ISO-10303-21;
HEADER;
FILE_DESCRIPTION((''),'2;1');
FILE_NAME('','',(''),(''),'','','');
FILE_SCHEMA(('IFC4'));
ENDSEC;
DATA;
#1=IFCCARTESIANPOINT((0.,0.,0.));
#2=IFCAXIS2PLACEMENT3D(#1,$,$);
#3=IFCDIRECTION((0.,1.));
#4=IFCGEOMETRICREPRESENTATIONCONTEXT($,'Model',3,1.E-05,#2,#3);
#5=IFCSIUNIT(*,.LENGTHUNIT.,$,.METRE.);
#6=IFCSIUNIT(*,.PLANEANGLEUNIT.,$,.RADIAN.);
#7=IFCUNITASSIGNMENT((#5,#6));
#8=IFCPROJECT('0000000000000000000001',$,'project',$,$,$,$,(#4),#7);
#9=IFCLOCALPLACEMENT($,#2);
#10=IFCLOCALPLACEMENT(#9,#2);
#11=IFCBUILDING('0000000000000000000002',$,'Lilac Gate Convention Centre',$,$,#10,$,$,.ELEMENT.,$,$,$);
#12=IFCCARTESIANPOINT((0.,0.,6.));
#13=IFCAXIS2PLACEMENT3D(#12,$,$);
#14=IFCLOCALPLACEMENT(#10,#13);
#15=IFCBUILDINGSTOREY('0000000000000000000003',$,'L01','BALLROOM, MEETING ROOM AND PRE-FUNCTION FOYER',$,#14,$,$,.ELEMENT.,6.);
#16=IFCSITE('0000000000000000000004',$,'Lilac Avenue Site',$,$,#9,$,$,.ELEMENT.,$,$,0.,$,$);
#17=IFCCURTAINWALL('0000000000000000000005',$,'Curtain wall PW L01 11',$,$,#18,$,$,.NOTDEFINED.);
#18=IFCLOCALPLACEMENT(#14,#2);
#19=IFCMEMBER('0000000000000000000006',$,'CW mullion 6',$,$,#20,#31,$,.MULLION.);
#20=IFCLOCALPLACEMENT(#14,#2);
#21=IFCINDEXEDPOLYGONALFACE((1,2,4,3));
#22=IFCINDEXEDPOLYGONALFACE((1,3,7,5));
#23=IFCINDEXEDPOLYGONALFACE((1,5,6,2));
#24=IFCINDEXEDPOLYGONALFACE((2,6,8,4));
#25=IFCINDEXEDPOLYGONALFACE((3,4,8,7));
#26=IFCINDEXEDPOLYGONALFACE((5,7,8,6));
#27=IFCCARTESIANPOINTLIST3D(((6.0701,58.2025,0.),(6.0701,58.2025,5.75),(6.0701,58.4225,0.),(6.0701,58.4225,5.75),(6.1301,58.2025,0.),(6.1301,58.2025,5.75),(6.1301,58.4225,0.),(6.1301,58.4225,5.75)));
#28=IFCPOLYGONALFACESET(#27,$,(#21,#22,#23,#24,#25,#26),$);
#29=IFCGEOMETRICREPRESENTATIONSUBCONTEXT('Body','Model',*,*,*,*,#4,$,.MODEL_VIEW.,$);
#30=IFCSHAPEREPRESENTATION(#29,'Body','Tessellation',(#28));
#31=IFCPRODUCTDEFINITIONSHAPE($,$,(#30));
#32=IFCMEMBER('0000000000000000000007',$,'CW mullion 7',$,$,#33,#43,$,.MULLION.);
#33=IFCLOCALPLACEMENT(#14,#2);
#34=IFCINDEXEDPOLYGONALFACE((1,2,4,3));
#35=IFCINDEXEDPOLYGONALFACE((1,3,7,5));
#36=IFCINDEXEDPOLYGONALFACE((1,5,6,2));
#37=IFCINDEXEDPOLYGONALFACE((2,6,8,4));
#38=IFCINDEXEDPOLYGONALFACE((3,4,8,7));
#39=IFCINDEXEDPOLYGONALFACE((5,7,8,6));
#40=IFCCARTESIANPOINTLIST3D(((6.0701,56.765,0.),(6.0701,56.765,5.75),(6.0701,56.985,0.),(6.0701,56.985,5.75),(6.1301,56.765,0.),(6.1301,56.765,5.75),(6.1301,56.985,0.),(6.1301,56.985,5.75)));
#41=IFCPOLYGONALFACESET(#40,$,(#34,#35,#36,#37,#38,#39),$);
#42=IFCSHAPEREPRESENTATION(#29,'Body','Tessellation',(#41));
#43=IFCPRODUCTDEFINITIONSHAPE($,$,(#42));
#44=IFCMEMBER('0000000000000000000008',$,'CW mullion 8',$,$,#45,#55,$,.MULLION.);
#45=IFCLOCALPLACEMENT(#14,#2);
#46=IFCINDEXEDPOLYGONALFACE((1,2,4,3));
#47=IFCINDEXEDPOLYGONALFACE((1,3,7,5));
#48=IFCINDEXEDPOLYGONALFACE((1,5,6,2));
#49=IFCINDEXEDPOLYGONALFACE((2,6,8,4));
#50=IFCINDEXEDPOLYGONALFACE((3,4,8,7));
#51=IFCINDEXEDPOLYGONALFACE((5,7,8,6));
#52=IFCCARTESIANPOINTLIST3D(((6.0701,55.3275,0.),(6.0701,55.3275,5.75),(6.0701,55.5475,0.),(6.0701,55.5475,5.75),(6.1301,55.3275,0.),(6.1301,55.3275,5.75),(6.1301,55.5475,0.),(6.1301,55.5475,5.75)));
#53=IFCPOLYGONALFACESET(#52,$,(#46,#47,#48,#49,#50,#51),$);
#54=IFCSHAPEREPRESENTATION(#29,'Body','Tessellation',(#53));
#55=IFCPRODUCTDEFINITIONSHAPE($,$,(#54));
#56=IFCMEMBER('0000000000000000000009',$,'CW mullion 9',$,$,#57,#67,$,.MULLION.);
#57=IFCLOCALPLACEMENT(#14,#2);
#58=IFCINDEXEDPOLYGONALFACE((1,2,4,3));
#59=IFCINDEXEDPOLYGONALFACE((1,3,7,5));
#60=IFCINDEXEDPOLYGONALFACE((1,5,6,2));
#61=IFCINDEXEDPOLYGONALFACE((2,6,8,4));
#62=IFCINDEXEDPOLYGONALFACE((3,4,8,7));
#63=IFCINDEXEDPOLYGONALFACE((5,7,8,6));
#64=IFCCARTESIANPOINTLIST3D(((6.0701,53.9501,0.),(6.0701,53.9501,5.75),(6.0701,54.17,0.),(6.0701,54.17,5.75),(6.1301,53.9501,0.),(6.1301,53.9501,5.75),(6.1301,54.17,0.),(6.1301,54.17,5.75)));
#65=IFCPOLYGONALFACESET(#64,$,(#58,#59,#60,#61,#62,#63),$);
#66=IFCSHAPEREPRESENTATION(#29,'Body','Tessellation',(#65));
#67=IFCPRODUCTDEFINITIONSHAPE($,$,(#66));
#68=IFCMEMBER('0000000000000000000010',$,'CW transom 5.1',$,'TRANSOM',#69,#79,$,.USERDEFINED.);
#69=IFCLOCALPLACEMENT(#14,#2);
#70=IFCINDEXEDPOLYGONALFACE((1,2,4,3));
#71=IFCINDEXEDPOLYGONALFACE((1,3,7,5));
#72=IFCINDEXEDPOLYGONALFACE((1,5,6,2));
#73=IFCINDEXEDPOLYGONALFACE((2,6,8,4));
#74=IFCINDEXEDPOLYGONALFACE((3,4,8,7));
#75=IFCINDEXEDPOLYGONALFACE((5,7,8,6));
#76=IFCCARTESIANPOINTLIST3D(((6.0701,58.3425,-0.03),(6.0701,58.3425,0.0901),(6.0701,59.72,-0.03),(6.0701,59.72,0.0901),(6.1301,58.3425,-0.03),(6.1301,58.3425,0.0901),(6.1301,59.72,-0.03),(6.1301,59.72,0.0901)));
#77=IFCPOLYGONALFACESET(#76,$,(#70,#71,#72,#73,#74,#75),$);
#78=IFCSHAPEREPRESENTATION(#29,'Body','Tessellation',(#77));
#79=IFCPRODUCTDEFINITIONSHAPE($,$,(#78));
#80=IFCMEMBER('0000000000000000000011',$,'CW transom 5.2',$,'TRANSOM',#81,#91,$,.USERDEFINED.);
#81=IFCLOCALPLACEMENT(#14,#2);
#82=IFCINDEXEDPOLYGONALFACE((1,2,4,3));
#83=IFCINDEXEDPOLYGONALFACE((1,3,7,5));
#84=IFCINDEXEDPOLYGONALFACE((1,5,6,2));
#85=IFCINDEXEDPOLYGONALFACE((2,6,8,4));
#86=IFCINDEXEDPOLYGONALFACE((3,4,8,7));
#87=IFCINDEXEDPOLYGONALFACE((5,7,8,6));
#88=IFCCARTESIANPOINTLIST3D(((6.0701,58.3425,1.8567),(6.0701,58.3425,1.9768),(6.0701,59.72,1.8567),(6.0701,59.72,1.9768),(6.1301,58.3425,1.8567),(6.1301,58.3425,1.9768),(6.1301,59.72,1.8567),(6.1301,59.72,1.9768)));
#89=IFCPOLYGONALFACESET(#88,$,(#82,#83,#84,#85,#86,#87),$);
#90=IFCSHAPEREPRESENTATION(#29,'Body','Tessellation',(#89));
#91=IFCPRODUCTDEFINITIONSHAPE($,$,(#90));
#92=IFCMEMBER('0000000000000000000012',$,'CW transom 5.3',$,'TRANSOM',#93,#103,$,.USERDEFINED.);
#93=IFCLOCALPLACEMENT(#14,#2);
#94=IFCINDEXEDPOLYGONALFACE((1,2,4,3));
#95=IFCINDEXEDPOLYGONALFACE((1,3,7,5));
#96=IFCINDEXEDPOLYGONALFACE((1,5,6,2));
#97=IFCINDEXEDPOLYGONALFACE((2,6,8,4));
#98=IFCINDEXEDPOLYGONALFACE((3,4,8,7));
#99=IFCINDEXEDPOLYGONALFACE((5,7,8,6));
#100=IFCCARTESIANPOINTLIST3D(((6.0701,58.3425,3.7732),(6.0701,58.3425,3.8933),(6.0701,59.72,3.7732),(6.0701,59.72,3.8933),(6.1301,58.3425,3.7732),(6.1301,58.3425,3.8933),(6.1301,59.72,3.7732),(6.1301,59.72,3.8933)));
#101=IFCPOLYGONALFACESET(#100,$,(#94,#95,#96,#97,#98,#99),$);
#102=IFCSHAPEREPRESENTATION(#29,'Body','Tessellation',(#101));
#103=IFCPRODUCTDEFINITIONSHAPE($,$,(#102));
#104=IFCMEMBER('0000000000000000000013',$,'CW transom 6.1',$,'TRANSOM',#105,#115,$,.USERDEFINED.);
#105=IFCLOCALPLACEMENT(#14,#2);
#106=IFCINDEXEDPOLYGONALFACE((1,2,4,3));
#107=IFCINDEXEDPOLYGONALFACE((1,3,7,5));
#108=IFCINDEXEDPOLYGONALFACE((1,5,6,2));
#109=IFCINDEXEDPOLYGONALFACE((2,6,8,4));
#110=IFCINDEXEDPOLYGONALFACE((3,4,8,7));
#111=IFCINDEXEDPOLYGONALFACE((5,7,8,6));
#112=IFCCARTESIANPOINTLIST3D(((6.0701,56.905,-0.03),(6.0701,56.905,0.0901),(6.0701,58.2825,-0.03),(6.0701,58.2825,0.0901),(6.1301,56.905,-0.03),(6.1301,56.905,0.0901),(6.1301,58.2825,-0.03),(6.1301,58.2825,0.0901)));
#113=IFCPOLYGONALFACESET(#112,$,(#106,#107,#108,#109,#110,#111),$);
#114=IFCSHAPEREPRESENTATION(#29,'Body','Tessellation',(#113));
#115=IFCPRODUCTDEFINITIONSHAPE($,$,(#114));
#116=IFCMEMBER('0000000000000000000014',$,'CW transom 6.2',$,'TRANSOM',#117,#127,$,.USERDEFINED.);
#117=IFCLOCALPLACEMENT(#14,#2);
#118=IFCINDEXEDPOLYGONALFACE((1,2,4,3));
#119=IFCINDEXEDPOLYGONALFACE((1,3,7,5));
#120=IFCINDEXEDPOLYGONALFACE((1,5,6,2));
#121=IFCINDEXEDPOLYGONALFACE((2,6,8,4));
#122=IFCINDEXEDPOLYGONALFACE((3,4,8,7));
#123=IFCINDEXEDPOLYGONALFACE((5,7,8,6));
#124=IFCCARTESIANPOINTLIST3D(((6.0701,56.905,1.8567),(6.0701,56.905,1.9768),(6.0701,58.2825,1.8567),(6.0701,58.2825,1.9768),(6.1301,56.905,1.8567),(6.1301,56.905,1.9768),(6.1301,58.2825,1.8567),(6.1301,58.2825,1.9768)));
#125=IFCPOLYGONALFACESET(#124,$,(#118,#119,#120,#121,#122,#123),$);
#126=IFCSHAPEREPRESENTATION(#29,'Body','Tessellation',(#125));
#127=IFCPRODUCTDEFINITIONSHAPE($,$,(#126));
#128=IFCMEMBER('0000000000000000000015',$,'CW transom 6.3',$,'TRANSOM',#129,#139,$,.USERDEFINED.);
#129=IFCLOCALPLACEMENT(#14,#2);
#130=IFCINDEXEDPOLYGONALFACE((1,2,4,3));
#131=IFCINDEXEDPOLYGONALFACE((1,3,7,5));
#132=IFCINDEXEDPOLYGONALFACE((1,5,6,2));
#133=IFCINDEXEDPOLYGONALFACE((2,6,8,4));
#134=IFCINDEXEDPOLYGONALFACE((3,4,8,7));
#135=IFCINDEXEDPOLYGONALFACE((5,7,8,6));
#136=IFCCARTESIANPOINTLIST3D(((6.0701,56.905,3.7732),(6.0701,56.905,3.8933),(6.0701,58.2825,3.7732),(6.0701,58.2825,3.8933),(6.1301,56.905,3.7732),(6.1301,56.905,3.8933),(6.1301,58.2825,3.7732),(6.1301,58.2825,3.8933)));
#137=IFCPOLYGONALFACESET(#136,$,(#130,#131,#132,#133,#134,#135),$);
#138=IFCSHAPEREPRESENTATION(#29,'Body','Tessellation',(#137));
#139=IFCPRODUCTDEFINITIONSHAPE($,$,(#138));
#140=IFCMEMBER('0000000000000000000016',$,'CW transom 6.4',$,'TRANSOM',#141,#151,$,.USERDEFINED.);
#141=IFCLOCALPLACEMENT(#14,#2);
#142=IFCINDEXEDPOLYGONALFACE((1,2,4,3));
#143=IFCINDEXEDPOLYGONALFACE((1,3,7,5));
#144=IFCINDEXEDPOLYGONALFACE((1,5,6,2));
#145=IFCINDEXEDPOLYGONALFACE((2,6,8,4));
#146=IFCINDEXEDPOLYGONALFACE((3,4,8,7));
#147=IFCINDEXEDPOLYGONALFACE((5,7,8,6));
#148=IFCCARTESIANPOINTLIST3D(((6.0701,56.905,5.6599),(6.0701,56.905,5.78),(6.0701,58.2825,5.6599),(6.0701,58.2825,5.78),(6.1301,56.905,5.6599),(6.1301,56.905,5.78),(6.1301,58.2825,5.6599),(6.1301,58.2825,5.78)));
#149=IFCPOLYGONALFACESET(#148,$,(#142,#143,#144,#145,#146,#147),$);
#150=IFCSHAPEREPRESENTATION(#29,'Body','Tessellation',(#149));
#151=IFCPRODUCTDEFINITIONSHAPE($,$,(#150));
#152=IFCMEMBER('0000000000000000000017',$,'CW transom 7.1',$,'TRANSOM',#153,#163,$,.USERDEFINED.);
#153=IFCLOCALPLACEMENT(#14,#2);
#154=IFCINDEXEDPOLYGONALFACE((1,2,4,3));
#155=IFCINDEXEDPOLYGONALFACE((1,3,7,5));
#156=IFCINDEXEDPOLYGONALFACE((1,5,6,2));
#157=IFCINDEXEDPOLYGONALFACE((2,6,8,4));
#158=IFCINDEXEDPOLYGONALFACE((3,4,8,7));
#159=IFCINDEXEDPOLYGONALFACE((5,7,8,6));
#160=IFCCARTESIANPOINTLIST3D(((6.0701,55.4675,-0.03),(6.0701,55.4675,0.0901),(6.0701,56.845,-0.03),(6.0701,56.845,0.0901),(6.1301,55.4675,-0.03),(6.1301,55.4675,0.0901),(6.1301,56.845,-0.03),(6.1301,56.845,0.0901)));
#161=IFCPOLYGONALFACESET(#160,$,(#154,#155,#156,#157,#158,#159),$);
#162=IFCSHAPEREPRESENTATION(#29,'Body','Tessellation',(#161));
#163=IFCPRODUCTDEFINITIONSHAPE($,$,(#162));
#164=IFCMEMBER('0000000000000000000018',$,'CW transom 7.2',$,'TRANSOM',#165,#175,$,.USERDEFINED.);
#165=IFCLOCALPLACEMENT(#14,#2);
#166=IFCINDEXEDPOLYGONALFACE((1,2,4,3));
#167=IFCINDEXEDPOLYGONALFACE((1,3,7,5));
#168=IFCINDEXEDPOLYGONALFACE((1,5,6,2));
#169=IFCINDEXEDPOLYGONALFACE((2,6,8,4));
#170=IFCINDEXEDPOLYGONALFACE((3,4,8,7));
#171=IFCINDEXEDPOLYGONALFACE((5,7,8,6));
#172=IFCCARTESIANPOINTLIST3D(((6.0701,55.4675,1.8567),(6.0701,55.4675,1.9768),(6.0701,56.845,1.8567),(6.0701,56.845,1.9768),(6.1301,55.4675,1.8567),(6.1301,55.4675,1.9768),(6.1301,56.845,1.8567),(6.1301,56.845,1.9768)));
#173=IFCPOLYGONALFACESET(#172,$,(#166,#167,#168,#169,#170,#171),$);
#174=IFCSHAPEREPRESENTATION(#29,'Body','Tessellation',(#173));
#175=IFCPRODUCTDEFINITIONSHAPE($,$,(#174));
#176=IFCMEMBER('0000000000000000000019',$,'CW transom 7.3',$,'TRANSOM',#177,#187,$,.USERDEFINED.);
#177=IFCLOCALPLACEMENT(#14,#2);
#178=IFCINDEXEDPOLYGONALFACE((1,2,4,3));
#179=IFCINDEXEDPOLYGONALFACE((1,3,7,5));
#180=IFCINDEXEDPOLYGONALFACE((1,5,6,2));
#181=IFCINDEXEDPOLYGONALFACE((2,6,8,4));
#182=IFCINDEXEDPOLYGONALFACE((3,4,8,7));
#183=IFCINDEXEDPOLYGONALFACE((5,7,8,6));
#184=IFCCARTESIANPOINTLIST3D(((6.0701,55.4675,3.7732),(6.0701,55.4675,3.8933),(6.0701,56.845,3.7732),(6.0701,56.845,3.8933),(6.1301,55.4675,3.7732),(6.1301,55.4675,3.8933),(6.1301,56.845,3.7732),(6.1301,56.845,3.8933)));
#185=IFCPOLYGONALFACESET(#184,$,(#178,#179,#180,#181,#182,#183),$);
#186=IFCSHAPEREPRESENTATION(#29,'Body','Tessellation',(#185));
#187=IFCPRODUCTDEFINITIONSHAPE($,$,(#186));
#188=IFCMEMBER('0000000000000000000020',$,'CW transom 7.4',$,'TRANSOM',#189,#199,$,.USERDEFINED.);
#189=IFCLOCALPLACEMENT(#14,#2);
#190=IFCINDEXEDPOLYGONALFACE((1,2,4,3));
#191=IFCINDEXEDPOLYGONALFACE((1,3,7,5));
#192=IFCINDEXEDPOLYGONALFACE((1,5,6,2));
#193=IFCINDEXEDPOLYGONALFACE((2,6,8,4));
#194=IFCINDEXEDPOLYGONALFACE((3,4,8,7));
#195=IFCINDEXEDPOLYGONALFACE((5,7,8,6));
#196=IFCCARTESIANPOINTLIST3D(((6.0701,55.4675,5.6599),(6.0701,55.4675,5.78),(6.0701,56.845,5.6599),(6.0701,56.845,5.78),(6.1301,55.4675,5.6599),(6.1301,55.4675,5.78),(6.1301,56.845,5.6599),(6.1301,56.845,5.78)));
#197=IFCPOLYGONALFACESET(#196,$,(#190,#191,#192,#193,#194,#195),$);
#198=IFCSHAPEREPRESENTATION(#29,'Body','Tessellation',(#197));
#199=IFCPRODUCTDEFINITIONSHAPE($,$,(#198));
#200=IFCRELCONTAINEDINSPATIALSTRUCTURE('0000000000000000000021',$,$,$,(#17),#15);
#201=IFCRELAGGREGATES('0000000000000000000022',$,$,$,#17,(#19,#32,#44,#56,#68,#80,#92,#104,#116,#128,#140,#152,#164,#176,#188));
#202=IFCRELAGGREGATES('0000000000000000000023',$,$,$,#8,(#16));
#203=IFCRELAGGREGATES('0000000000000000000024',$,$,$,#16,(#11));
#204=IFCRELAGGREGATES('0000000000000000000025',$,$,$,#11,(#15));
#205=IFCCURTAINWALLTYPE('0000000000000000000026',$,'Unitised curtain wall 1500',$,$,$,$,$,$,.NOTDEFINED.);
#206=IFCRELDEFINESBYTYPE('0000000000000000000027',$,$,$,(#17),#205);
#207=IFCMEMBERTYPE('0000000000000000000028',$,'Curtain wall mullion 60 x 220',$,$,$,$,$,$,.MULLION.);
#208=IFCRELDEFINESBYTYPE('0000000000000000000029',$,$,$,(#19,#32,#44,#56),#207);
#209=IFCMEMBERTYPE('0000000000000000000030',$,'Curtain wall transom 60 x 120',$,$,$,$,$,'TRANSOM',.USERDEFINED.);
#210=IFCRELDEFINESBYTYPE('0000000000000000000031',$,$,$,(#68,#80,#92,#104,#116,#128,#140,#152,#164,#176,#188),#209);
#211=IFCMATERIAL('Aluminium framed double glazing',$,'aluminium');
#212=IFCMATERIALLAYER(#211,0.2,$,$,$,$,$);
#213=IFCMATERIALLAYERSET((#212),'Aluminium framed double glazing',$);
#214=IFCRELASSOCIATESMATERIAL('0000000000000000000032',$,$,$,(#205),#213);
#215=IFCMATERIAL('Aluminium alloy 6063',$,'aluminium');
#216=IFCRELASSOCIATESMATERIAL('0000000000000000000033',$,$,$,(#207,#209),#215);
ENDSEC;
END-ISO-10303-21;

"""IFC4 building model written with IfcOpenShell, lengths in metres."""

from ifc_helpers import new_model, si_unit, direction, frame, origin, origin_2d, place, context, subcontext, project, spatial, rectangle, extrude, material, layer, layer_set, material_profile, profile_set, type_object, element, aggregate, save


model = new_model("IFC4")

# Units and contexts
model_context = context("Model", 3, precision=1e-05, world=origin(), true_north=direction((0.0, 1.0)))
body_context = subcontext(model_context, "Body", "Model", "MODEL_VIEW")
ifc_project = project(units=[si_unit("LENGTHUNIT", "METRE"), si_unit("PLANEANGLEUNIT", "RADIAN")], contexts=[model_context])

# Site, building, storey
site_placement = place(None, origin())
site = spatial("IfcSite", under=ifc_project, at=site_placement, Name="Lilac Avenue Site", CompositionType="ELEMENT", RefElevation=0.0)
building_placement = place(site_placement, origin())
building = spatial("IfcBuilding", under=site, at=building_placement, Name="Lilac Gate Convention Centre", CompositionType="ELEMENT")
storey_placement = place(building_placement, frame((0.0, 0.0, 6.0)))
storey = spatial("IfcBuildingStorey", under=building, at=storey_placement, Name="L01", Description="BALLROOM, MEETING ROOM AND PRE-FUNCTION FOYER", CompositionType="ELEMENT", Elevation=6.0)

# Curtain wall, members
ifc_material_1 = material(Name="Aluminium framed double glazing", Category="aluminium")
ifc_layer_1 = layer(ifc_material_1, 0.2)
ifc_layer_set_1 = layer_set([ifc_layer_1], Name="Aluminium framed double glazing")
curtain_wall_type = type_object("IfcCurtainWallType", Name="Unitised curtain wall 1500", PredefinedType="NOTDEFINED", material=ifc_layer_set_1)
curtain_wall_placement = place(storey_placement, origin())
curtain_wall = element("IfcCurtainWall", 1, at=curtain_wall_placement, inside=storey, type_object=curtain_wall_type, Name="Curtain wall PW L01 11", PredefinedType="NOTDEFINED")
ifc_material_2 = material(Name="Aluminium alloy 6063", Category="aluminium")
ifc_material_profile_1 = material_profile(ifc_material_2, rectangle(XDim=0.0601, YDim=0.22, at=origin_2d()), Name="Curtain wall mullion 60 x 220")
ifc_profile_set_1 = profile_set([ifc_material_profile_1], Name="Aluminium alloy 6063")
member_type_1 = type_object("IfcMemberType", Name="Curtain wall mullion 60 x 220", PredefinedType="MULLION", material=ifc_profile_set_1)
member_1_placement = place(storey_placement, frame((6.1001, 58.3125, 0.0), z_axis=(0.0, 0.0, 1.0), x_axis=(1.0, 0.0, 0.0)))
member_1 = element("IfcMember", 2, at=member_1_placement, type_object=member_type_1, Name="CW mullion 6", PredefinedType="MULLION", context=body_context, shape_type="SweptSolid", body=[
    extrude(rectangle(XDim=0.0601, YDim=0.22, at=origin_2d()), origin(), (0.0, 0.0, 1.0), 5.75),
])
member_2_placement = place(storey_placement, frame((6.1001, 56.875, 0.0), z_axis=(0.0, 0.0, 1.0), x_axis=(1.0, 0.0, 0.0)))
member_2 = element("IfcMember", 3, at=member_2_placement, type_object=member_type_1, Name="CW mullion 7", PredefinedType="MULLION", context=body_context, shape_type="SweptSolid", body=[
    extrude(rectangle(XDim=0.0601, YDim=0.22, at=origin_2d()), origin(), (0.0, 0.0, 1.0), 5.75),
])
member_3_placement = place(storey_placement, frame((6.1001, 55.4375, 0.0), z_axis=(0.0, 0.0, 1.0), x_axis=(1.0, 0.0, 0.0)))
member_3 = element("IfcMember", 4, at=member_3_placement, type_object=member_type_1, Name="CW mullion 8", PredefinedType="MULLION", context=body_context, shape_type="SweptSolid", body=[
    extrude(rectangle(XDim=0.0601, YDim=0.22, at=origin_2d()), origin(), (0.0, 0.0, 1.0), 5.75),
])
member_4_placement = place(storey_placement, frame((6.1001, 54.0601, 0.0), z_axis=(0.0, 0.0, 1.0), x_axis=(1.0, 0.0, 0.0)))
member_4 = element("IfcMember", 5, at=member_4_placement, type_object=member_type_1, Name="CW mullion 9", PredefinedType="MULLION", context=body_context, shape_type="SweptSolid", body=[
    extrude(rectangle(XDim=0.0601, YDim=0.22, at=origin_2d()), origin(), (0.0, 0.0, 1.0), 5.75),
])
ifc_material_profile_2 = material_profile(ifc_material_2, rectangle(XDim=0.0601, YDim=0.1201, at=origin_2d()), Name="Curtain wall transom 60 x 120")
ifc_profile_set_2 = profile_set([ifc_material_profile_2], Name="Aluminium alloy 6063")
member_type_2 = type_object("IfcMemberType", Name="Curtain wall transom 60 x 120", ElementType="TRANSOM", PredefinedType="USERDEFINED", material=ifc_profile_set_2)
member_5_placement = place(storey_placement, frame((6.1001, 59.72, 0.03), z_axis=(0.0, -1.0, 0.0), x_axis=(1.0, 0.0, 0.0)))
member_5 = element("IfcMember", 6, at=member_5_placement, type_object=member_type_2, Name="CW transom 5.1", ObjectType="TRANSOM", PredefinedType="USERDEFINED", context=body_context, shape_type="SweptSolid", body=[
    extrude(rectangle(XDim=0.0601, YDim=0.1201, at=origin_2d()), origin(), (0.0, 0.0, 1.0), 1.3774),
])
member_6_placement = place(storey_placement, frame((6.1001, 59.72, 1.9167), z_axis=(0.0, -1.0, 0.0), x_axis=(1.0, 0.0, 0.0)))
member_6 = element("IfcMember", 7, at=member_6_placement, type_object=member_type_2, Name="CW transom 5.2", ObjectType="TRANSOM", PredefinedType="USERDEFINED", context=body_context, shape_type="SweptSolid", body=[
    extrude(rectangle(XDim=0.0601, YDim=0.1201, at=origin_2d()), origin(), (0.0, 0.0, 1.0), 1.3774),
])
member_7_placement = place(storey_placement, frame((6.1001, 59.72, 3.8333), z_axis=(0.0, -1.0, 0.0), x_axis=(1.0, 0.0, 0.0)))
member_7 = element("IfcMember", 8, at=member_7_placement, type_object=member_type_2, Name="CW transom 5.3", ObjectType="TRANSOM", PredefinedType="USERDEFINED", context=body_context, shape_type="SweptSolid", body=[
    extrude(rectangle(XDim=0.0601, YDim=0.1201, at=origin_2d()), origin(), (0.0, 0.0, 1.0), 1.3774),
])
member_8_placement = place(storey_placement, frame((6.1001, 58.2825, 0.03), z_axis=(0.0, -1.0, 0.0), x_axis=(1.0, 0.0, 0.0)))
member_8 = element("IfcMember", 9, at=member_8_placement, type_object=member_type_2, Name="CW transom 6.1", ObjectType="TRANSOM", PredefinedType="USERDEFINED", context=body_context, shape_type="SweptSolid", body=[
    extrude(rectangle(XDim=0.0601, YDim=0.1201, at=origin_2d()), origin(), (0.0, 0.0, 1.0), 1.3774),
])
member_9_placement = place(storey_placement, frame((6.1001, 58.2825, 1.9167), z_axis=(0.0, -1.0, 0.0), x_axis=(1.0, 0.0, 0.0)))
member_9 = element("IfcMember", 10, at=member_9_placement, type_object=member_type_2, Name="CW transom 6.2", ObjectType="TRANSOM", PredefinedType="USERDEFINED", context=body_context, shape_type="SweptSolid", body=[
    extrude(rectangle(XDim=0.0601, YDim=0.1201, at=origin_2d()), origin(), (0.0, 0.0, 1.0), 1.3774),
])
member_10_placement = place(storey_placement, frame((6.1001, 58.2825, 3.8333), z_axis=(0.0, -1.0, 0.0), x_axis=(1.0, 0.0, 0.0)))
member_10 = element("IfcMember", 11, at=member_10_placement, type_object=member_type_2, Name="CW transom 6.3", ObjectType="TRANSOM", PredefinedType="USERDEFINED", context=body_context, shape_type="SweptSolid", body=[
    extrude(rectangle(XDim=0.0601, YDim=0.1201, at=origin_2d()), origin(), (0.0, 0.0, 1.0), 1.3774),
])
member_11_placement = place(storey_placement, frame((6.1001, 58.2825, 5.72), z_axis=(0.0, -1.0, 0.0), x_axis=(1.0, 0.0, 0.0)))
member_11 = element("IfcMember", 12, at=member_11_placement, type_object=member_type_2, Name="CW transom 6.4", ObjectType="TRANSOM", PredefinedType="USERDEFINED", context=body_context, shape_type="SweptSolid", body=[
    extrude(rectangle(XDim=0.0601, YDim=0.1201, at=origin_2d()), origin(), (0.0, 0.0, 1.0), 1.3774),
])
member_12_placement = place(storey_placement, frame((6.1001, 56.845, 0.03), z_axis=(0.0, -1.0, 0.0), x_axis=(1.0, 0.0, 0.0)))
member_12 = element("IfcMember", 13, at=member_12_placement, type_object=member_type_2, Name="CW transom 7.1", ObjectType="TRANSOM", PredefinedType="USERDEFINED", context=body_context, shape_type="SweptSolid", body=[
    extrude(rectangle(XDim=0.0601, YDim=0.1201, at=origin_2d()), origin(), (0.0, 0.0, 1.0), 1.3774),
])
member_13_placement = place(storey_placement, frame((6.1001, 56.845, 1.9167), z_axis=(0.0, -1.0, 0.0), x_axis=(1.0, 0.0, 0.0)))
member_13 = element("IfcMember", 14, at=member_13_placement, type_object=member_type_2, Name="CW transom 7.2", ObjectType="TRANSOM", PredefinedType="USERDEFINED", context=body_context, shape_type="SweptSolid", body=[
    extrude(rectangle(XDim=0.0601, YDim=0.1201, at=origin_2d()), origin(), (0.0, 0.0, 1.0), 1.3774),
])
member_14_placement = place(storey_placement, frame((6.1001, 56.845, 3.8333), z_axis=(0.0, -1.0, 0.0), x_axis=(1.0, 0.0, 0.0)))
member_14 = element("IfcMember", 15, at=member_14_placement, type_object=member_type_2, Name="CW transom 7.3", ObjectType="TRANSOM", PredefinedType="USERDEFINED", context=body_context, shape_type="SweptSolid", body=[
    extrude(rectangle(XDim=0.0601, YDim=0.1201, at=origin_2d()), origin(), (0.0, 0.0, 1.0), 1.3774),
])
member_15_placement = place(storey_placement, frame((6.1001, 56.845, 5.72), z_axis=(0.0, -1.0, 0.0), x_axis=(1.0, 0.0, 0.0)))
member_15 = element("IfcMember", 16, at=member_15_placement, type_object=member_type_2, Name="CW transom 7.4", ObjectType="TRANSOM", PredefinedType="USERDEFINED", context=body_context, shape_type="SweptSolid", body=[
    extrude(rectangle(XDim=0.0601, YDim=0.1201, at=origin_2d()), origin(), (0.0, 0.0, 1.0), 1.3774),
])

aggregate(curtain_wall, [member_1, member_2, member_3, member_4, member_5, member_6, member_7, member_8, member_9, member_10, member_11, member_12, member_13, member_14, member_15])

save(model, "model.ifc")
